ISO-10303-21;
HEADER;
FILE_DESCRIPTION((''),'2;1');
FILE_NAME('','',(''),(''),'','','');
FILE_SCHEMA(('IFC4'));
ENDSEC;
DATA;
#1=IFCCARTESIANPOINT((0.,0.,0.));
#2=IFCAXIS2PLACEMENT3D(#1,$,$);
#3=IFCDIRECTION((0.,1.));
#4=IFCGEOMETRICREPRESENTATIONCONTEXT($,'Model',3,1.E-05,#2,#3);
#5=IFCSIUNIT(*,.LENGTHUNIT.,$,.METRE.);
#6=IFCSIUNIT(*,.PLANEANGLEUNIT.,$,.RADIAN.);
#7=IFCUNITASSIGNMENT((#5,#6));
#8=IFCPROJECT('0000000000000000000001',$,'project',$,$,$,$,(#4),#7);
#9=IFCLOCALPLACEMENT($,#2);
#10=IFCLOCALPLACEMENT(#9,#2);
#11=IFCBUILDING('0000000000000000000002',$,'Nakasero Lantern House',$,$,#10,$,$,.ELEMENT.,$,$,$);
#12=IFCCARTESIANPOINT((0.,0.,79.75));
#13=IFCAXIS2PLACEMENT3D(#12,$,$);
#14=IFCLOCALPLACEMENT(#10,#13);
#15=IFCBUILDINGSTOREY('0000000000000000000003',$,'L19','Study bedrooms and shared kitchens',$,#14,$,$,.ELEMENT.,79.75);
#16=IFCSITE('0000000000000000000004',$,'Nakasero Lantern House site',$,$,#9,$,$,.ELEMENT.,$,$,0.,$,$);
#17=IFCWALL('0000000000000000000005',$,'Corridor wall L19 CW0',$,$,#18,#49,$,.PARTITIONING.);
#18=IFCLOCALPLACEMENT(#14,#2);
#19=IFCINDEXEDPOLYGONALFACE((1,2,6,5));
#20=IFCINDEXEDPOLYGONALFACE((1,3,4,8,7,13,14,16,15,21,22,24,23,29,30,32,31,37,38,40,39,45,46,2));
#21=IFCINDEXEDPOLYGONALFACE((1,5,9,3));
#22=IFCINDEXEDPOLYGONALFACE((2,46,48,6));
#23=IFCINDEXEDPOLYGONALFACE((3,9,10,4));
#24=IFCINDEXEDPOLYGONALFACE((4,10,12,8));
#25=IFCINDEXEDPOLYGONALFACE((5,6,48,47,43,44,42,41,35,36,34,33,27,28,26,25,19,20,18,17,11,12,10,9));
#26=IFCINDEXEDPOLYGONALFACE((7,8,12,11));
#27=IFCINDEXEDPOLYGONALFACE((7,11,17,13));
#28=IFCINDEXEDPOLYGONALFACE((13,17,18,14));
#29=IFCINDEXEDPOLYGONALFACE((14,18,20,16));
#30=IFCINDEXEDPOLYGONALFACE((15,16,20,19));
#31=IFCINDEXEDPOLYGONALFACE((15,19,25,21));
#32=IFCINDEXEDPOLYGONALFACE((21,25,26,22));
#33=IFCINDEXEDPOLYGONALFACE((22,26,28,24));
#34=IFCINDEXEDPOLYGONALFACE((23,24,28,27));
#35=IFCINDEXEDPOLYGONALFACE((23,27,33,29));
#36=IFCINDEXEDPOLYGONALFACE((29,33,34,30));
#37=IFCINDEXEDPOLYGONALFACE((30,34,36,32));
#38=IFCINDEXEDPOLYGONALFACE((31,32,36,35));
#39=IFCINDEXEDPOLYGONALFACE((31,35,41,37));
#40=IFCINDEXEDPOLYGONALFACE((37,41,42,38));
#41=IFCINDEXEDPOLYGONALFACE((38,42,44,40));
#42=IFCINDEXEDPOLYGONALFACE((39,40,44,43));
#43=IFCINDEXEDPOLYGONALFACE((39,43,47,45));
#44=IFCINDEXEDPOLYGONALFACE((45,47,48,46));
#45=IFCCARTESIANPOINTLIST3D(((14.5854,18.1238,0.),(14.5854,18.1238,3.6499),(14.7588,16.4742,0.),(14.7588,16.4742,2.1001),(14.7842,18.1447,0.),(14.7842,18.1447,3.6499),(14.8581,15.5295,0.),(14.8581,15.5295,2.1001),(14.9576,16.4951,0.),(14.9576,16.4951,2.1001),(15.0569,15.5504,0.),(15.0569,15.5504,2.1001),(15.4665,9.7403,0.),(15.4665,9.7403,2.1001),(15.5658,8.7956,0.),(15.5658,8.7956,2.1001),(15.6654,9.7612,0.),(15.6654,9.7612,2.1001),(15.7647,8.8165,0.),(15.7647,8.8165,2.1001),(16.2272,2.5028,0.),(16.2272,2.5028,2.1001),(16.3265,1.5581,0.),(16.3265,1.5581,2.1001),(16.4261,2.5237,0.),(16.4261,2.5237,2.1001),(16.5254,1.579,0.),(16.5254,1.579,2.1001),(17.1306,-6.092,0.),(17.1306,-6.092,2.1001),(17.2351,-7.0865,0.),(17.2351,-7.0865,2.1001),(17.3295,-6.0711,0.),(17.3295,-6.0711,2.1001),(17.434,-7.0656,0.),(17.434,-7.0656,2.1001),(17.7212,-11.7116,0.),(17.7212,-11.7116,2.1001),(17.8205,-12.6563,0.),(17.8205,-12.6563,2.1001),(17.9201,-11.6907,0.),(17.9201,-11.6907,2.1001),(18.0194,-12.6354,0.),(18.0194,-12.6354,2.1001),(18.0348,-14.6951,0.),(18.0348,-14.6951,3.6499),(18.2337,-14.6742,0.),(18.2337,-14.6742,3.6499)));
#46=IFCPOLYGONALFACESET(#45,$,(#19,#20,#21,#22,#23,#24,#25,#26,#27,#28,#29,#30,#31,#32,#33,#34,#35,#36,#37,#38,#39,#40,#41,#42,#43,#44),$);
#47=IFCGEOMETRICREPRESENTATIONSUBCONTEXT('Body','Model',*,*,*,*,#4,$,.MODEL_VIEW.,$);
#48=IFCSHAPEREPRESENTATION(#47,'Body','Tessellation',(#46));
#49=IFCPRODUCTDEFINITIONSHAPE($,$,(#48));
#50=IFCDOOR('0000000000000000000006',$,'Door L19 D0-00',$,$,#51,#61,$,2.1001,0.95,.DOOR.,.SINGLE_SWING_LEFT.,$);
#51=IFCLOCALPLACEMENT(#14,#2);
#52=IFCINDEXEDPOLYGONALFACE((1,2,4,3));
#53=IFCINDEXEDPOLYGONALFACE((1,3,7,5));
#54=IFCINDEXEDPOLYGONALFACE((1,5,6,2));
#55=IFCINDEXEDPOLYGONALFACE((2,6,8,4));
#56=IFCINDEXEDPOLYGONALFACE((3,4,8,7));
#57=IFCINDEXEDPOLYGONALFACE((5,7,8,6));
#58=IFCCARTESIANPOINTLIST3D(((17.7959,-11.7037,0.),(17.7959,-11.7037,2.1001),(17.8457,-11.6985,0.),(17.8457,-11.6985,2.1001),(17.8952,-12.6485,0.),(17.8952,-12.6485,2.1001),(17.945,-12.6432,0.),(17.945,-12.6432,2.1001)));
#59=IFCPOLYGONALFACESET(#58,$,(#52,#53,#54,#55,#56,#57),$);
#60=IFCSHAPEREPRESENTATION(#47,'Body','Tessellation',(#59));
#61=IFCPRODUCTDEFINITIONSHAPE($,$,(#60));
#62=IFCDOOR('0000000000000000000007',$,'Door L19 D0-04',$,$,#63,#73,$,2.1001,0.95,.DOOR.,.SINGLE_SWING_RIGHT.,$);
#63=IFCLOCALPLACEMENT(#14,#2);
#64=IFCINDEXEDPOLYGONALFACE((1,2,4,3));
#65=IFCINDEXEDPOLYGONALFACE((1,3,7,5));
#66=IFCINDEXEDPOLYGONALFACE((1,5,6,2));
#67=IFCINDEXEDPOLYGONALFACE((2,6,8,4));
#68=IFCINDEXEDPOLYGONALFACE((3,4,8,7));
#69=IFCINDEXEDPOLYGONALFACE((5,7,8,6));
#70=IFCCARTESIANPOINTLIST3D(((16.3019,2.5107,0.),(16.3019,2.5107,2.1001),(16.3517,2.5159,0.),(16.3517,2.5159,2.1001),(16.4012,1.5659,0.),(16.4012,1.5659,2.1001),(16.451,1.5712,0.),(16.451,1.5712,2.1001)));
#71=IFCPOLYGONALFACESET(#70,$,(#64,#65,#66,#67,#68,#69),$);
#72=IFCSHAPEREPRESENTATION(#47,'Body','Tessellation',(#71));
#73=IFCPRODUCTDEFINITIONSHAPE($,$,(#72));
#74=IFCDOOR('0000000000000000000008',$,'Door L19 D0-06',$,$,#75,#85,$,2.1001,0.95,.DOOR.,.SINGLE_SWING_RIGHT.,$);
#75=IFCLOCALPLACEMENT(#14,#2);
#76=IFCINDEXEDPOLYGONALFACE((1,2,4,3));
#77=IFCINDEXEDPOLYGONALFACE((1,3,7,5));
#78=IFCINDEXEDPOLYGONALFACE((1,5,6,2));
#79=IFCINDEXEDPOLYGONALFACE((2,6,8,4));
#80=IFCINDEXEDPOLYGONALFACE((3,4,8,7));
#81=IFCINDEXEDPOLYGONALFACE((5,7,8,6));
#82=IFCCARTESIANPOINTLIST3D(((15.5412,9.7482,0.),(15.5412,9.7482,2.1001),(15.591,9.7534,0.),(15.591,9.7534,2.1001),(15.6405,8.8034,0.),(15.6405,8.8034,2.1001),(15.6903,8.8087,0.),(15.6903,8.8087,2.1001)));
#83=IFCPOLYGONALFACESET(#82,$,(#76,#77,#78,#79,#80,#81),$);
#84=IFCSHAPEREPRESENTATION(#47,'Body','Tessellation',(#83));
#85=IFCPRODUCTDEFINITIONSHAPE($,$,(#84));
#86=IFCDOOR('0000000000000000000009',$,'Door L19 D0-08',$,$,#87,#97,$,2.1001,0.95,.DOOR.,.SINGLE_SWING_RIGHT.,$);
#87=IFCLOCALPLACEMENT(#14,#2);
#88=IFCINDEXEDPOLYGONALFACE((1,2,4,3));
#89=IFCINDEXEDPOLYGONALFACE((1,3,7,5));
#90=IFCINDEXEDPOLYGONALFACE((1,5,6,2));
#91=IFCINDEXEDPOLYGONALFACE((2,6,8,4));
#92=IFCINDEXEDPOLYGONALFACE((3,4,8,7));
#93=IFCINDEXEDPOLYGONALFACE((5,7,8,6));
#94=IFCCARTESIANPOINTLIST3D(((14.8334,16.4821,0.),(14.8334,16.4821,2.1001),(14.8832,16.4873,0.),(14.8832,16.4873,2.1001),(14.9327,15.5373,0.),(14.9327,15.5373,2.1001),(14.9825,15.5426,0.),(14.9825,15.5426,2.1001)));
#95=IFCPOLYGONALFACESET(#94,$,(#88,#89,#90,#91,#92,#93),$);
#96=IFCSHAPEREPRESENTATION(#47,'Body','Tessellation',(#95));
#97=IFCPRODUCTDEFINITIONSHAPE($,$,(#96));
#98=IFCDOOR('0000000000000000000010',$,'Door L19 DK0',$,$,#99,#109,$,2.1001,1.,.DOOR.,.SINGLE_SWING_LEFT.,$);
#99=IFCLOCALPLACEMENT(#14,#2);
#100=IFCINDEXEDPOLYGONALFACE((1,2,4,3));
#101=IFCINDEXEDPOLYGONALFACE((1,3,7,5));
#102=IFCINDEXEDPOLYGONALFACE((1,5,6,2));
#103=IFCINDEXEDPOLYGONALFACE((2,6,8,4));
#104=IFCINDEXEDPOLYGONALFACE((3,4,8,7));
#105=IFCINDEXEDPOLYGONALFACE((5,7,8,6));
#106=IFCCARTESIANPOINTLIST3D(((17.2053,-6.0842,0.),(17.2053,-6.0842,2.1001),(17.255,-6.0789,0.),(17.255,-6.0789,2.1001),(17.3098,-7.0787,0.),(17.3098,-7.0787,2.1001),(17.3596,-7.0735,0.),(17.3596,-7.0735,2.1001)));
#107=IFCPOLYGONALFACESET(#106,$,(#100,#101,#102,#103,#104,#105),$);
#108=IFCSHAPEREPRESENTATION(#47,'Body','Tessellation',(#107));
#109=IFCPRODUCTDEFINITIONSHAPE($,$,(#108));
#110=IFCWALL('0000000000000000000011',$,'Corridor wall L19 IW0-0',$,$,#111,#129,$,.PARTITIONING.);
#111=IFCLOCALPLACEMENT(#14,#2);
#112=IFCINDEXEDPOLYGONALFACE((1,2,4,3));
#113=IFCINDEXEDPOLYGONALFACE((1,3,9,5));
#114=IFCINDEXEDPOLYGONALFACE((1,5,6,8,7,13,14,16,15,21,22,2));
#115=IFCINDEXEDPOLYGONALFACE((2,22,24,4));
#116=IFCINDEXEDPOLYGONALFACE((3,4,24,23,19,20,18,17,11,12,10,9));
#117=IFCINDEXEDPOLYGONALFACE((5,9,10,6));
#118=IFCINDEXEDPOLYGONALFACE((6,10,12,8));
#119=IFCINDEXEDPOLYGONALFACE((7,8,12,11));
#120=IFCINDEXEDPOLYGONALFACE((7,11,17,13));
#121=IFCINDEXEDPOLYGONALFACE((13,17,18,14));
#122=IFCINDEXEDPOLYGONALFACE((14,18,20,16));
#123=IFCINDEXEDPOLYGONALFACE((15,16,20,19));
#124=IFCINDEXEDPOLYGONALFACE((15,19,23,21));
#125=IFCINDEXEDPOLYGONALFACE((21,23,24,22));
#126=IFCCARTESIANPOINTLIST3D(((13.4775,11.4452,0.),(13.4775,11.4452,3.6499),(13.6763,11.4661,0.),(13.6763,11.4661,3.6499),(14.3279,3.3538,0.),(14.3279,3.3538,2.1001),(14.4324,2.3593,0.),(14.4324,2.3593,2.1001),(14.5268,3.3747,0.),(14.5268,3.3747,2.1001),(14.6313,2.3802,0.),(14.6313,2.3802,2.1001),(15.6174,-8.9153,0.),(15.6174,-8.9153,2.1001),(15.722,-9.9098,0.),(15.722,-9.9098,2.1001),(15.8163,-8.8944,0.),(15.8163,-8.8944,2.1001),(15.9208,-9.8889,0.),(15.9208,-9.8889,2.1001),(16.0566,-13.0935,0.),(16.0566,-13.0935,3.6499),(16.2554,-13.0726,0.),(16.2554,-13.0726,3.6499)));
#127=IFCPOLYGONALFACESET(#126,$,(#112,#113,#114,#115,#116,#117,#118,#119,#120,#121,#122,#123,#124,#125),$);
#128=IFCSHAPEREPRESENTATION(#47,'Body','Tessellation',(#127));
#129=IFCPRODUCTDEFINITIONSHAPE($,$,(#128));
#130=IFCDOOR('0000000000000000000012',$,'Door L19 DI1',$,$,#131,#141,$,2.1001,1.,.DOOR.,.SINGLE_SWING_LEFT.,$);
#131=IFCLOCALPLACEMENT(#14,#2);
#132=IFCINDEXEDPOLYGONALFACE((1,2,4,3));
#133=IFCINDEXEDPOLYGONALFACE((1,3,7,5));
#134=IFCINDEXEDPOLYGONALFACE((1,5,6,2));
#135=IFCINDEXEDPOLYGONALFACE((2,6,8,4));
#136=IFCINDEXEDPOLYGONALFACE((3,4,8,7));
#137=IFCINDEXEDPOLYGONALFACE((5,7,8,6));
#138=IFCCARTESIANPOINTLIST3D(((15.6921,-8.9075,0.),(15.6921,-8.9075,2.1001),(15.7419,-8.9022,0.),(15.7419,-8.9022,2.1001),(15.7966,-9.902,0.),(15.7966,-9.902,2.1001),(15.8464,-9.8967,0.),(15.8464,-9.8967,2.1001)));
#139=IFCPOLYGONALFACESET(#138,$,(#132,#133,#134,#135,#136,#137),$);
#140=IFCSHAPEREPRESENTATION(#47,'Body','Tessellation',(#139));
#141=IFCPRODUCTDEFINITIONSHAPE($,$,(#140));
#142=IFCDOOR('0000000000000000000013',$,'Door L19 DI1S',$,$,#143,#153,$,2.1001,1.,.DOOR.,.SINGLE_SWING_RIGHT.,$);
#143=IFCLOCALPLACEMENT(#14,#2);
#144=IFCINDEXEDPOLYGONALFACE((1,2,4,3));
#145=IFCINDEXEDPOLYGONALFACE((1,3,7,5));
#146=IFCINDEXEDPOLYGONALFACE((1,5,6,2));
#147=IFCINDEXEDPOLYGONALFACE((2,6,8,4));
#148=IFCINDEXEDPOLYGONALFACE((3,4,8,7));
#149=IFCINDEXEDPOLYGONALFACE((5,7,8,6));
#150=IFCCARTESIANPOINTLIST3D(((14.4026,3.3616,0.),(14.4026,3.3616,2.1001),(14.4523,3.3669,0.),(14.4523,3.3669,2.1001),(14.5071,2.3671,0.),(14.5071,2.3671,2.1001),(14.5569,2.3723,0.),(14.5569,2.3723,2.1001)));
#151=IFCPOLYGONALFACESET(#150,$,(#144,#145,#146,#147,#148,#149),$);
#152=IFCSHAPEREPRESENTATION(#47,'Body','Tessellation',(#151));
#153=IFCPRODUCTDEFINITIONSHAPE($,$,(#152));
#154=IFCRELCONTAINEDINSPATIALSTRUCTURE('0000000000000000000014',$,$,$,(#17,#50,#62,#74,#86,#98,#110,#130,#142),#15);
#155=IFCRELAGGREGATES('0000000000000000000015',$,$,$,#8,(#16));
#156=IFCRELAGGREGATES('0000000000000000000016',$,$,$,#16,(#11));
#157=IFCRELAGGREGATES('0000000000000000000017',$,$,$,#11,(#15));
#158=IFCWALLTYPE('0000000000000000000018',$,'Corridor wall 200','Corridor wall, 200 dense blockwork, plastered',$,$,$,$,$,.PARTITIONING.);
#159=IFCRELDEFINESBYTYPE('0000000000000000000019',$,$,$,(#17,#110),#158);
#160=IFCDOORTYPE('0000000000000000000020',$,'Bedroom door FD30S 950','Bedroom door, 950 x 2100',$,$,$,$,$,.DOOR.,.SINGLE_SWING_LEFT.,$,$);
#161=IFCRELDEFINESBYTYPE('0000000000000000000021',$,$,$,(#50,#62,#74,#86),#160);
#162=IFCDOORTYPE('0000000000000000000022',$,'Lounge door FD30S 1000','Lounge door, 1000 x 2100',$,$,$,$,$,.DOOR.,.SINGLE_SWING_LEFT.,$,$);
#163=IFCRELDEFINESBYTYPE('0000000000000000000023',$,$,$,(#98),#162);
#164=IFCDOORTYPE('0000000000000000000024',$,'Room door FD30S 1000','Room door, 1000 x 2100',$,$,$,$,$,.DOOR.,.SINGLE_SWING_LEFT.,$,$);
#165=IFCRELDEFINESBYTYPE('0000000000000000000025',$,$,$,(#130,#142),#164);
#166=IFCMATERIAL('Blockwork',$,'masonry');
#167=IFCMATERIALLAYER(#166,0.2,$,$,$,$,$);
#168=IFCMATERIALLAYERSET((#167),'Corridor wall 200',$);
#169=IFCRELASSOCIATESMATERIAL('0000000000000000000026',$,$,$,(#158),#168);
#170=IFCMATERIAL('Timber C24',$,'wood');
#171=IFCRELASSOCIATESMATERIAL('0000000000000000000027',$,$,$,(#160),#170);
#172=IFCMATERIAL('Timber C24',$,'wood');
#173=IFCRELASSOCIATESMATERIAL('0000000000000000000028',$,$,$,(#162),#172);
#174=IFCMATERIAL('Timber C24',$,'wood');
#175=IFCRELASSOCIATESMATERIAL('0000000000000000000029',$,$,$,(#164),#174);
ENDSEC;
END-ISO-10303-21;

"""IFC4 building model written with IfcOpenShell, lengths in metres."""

from ifc_helpers import new_model, si_unit, direction, frame, frame_2d, origin, place, context, subcontext, project, spatial, rectangle, extrude, material, layer, layer_set, type_object, element, fill, save


model = new_model("IFC4")

# Units and contexts
model_context = context("Model", 3, precision=1e-05, world=origin(), true_north=direction((0.0, 1.0)))
body_context = subcontext(model_context, "Body", "Model", "MODEL_VIEW")
ifc_project = project(units=[si_unit("LENGTHUNIT", "METRE"), si_unit("PLANEANGLEUNIT", "RADIAN")], contexts=[model_context])

# Site, building, storey
site_placement = place(None, origin())
site = spatial("IfcSite", under=ifc_project, at=site_placement, Name="Nakasero Lantern House site", CompositionType="ELEMENT", RefElevation=0.0)
building_placement = place(site_placement, origin())
building = spatial("IfcBuilding", under=site, at=building_placement, Name="Nakasero Lantern House", CompositionType="ELEMENT")
storey_placement = place(building_placement, frame((0.0, 0.0, 79.75)))
storey = spatial("IfcBuildingStorey", under=building, at=storey_placement, Name="L19", Description="Study bedrooms and shared kitchens", CompositionType="ELEMENT", Elevation=79.75)

# Walls, openings, doors
ifc_material_1 = material(Name="Blockwork", Category="masonry")
ifc_layer_1 = layer(ifc_material_1, 0.2)
ifc_layer_set_1 = layer_set([ifc_layer_1], Name="Corridor wall 200")
wall_type_1 = type_object("IfcWallType", Name="Corridor wall 200", Description="Corridor wall, 200 dense blockwork, plastered", PredefinedType="PARTITIONING", material=ifc_layer_set_1)
wall_1_placement = place(storey_placement, frame((18.1343, -14.6848, 0.0), z_axis=(0.0, 0.0, 1.0), x_axis=(-0.10453, 0.994522, 0.0)))
wall_1 = element("IfcWall", 1, at=wall_1_placement, inside=storey, type_object=wall_type_1, Name="Corridor wall L19 CW0", PredefinedType="PARTITIONING", context=body_context, shape_type="SweptSolid", body=[
    extrude(rectangle(XDim=32.9998, YDim=0.2, at=frame_2d((16.5, 0.0))), origin(), (0.0, 0.0, 1.0), 3.6499),
])
opening_1_placement = place(wall_1_placement, frame((2.05, 0.0, 0.0)))
opening_1 = element("IfcOpeningElement", 2, at=opening_1_placement, cuts=wall_1, PredefinedType="OPENING", context=body_context, shape_type="SweptSolid", body=[
    extrude(rectangle(XDim=0.95, YDim=2.1001, at=frame_2d((0.4751, 1.05))), frame((0.0, 0.1199, 0.0), z_axis=(0.0, -1.0, 0.0), x_axis=(1.0, 0.0, 0.0)), (0.0, 0.0, 1.0), 0.24),
])
opening_2_placement = place(wall_1_placement, frame((16.3428, 0.0, 0.0)))
opening_2 = element("IfcOpeningElement", 3, at=opening_2_placement, cuts=wall_1, PredefinedType="OPENING", context=body_context, shape_type="SweptSolid", body=[
    extrude(rectangle(XDim=0.95, YDim=2.1001, at=frame_2d((0.4751, 1.05))), frame((0.0, 0.1199, 0.0), z_axis=(0.0, -1.0, 0.0), x_axis=(1.0, 0.0, 0.0)), (0.0, 0.0, 1.0), 0.24),
])
opening_3_placement = place(wall_1_placement, frame((23.6201, 0.0, 0.0)))
opening_3 = element("IfcOpeningElement", 4, at=opening_3_placement, cuts=wall_1, PredefinedType="OPENING", context=body_context, shape_type="SweptSolid", body=[
    extrude(rectangle(XDim=0.95, YDim=2.1001, at=frame_2d((0.4751, 1.05))), frame((0.0, 0.1199, 0.0), z_axis=(0.0, -1.0, 0.0), x_axis=(1.0, 0.0, 0.0)), (0.0, 0.0, 1.0), 0.24),
])
opening_4_placement = place(wall_1_placement, frame((30.3911, 0.0, 0.0)))
opening_4 = element("IfcOpeningElement", 5, at=opening_4_placement, cuts=wall_1, PredefinedType="OPENING", context=body_context, shape_type="SweptSolid", body=[
    extrude(rectangle(XDim=0.95, YDim=2.1001, at=frame_2d((0.4751, 1.05))), frame((0.0, 0.1199, 0.0), z_axis=(0.0, -1.0, 0.0), x_axis=(1.0, 0.0, 0.0)), (0.0, 0.0, 1.0), 0.24),
])
opening_5_placement = place(wall_1_placement, frame((7.6506, 0.0, 0.0)))
opening_5 = element("IfcOpeningElement", 6, at=opening_5_placement, cuts=wall_1, PredefinedType="OPENING", context=body_context, shape_type="SweptSolid", body=[
    extrude(rectangle(XDim=1.0, YDim=2.1001, at=frame_2d((0.5, 1.05))), frame((0.0, 0.1199, 0.0), z_axis=(0.0, -1.0, 0.0), x_axis=(1.0, 0.0, 0.0)), (0.0, 0.0, 1.0), 0.24),
])
ifc_material_2 = material(Name="Timber C24", Category="wood")
door_type_1 = type_object("IfcDoorType", Name="Bedroom door FD30S 950", Description="Bedroom door, 950 x 2100", OperationType="SINGLE_SWING_LEFT", PredefinedType="DOOR", material=ifc_material_2)
door_1_placement = place(opening_1_placement, origin())
door_1 = element("IfcDoor", 7, at=door_1_placement, inside=storey, type_object=door_type_1, Name="Door L19 D0-00", OperationType="SINGLE_SWING_LEFT", OverallHeight=2.1001, OverallWidth=0.95, PredefinedType="DOOR", context=body_context, shape_type="SweptSolid", body=[
    extrude(rectangle(XDim=0.95, YDim=2.1001, at=frame_2d((0.4751, 1.05))), frame((0.0, 0.0249, 0.0), z_axis=(0.0, -1.0, 0.0), x_axis=(1.0, 0.0, 0.0)), (0.0, 0.0, 1.0), 0.05),
])
fill(opening_1, door_1)
door_2_placement = place(opening_2_placement, origin())
door_2 = element("IfcDoor", 8, at=door_2_placement, inside=storey, type_object=door_type_1, Name="Door L19 D0-04", OperationType="SINGLE_SWING_RIGHT", OverallHeight=2.1001, OverallWidth=0.95, PredefinedType="DOOR", context=body_context, shape_type="SweptSolid", body=[
    extrude(rectangle(XDim=0.95, YDim=2.1001, at=frame_2d((0.4751, 1.05))), frame((0.0, 0.0249, 0.0), z_axis=(0.0, -1.0, 0.0), x_axis=(1.0, 0.0, 0.0)), (0.0, 0.0, 1.0), 0.05),
])
fill(opening_2, door_2)
door_3_placement = place(opening_3_placement, origin())
door_3 = element("IfcDoor", 9, at=door_3_placement, inside=storey, type_object=door_type_1, Name="Door L19 D0-06", OperationType="SINGLE_SWING_RIGHT", OverallHeight=2.1001, OverallWidth=0.95, PredefinedType="DOOR", context=body_context, shape_type="SweptSolid", body=[
    extrude(rectangle(XDim=0.95, YDim=2.1001, at=frame_2d((0.4751, 1.05))), frame((0.0, 0.0249, 0.0), z_axis=(0.0, -1.0, 0.0), x_axis=(1.0, 0.0, 0.0)), (0.0, 0.0, 1.0), 0.05),
])
fill(opening_3, door_3)
door_4_placement = place(opening_4_placement, origin())
door_4 = element("IfcDoor", 10, at=door_4_placement, inside=storey, type_object=door_type_1, Name="Door L19 D0-08", OperationType="SINGLE_SWING_RIGHT", OverallHeight=2.1001, OverallWidth=0.95, PredefinedType="DOOR", context=body_context, shape_type="SweptSolid", body=[
    extrude(rectangle(XDim=0.95, YDim=2.1001, at=frame_2d((0.4751, 1.05))), frame((0.0, 0.0249, 0.0), z_axis=(0.0, -1.0, 0.0), x_axis=(1.0, 0.0, 0.0)), (0.0, 0.0, 1.0), 0.05),
])
fill(opening_4, door_4)
ifc_material_3 = material(Name="Timber C24", Category="wood")
door_type_2 = type_object("IfcDoorType", Name="Lounge door FD30S 1000", Description="Lounge door, 1000 x 2100", OperationType="SINGLE_SWING_LEFT", PredefinedType="DOOR", material=ifc_material_3)
door_5_placement = place(opening_5_placement, origin())
door_5 = element("IfcDoor", 11, at=door_5_placement, inside=storey, type_object=door_type_2, Name="Door L19 DK0", OperationType="SINGLE_SWING_LEFT", OverallHeight=2.1001, OverallWidth=1.0, PredefinedType="DOOR", context=body_context, shape_type="SweptSolid", body=[
    extrude(rectangle(XDim=1.0, YDim=2.1001, at=frame_2d((0.5, 1.05))), frame((0.0, 0.0249, 0.0), z_axis=(0.0, -1.0, 0.0), x_axis=(1.0, 0.0, 0.0)), (0.0, 0.0, 1.0), 0.05),
])
fill(opening_5, door_5)
wall_2_placement = place(storey_placement, frame((16.156, -13.083, 0.0), z_axis=(0.0, 0.0, 1.0), x_axis=(-0.104528, 0.994522, 0.0)))
wall_2 = element("IfcWall", 12, at=wall_2_placement, inside=storey, type_object=wall_type_1, Name="Corridor wall L19 IW0-0", PredefinedType="PARTITIONING", context=body_context, shape_type="SweptSolid", body=[
    extrude(rectangle(XDim=24.6738, YDim=0.2, at=frame_2d((12.3369, 0.0))), origin(), (0.0, 0.0, 1.0), 3.6499),
])
opening_6_placement = place(wall_2_placement, frame((3.2012, 0.0, 0.0)))
opening_6 = element("IfcOpeningElement", 13, at=opening_6_placement, cuts=wall_2, PredefinedType="OPENING", context=body_context, shape_type="SweptSolid", body=[
    extrude(rectangle(XDim=1.0, YDim=2.1001, at=frame_2d((0.5, 1.05))), frame((0.0, 0.1199, 0.0), z_axis=(0.0, -1.0, 0.0), x_axis=(1.0, 0.0, 0.0)), (0.0, 0.0, 1.0), 0.24),
])
opening_7_placement = place(wall_2_placement, frame((15.5378, 0.0, 0.0)))
opening_7 = element("IfcOpeningElement", 14, at=opening_7_placement, cuts=wall_2, PredefinedType="OPENING", context=body_context, shape_type="SweptSolid", body=[
    extrude(rectangle(XDim=1.0, YDim=2.1001, at=frame_2d((0.5, 1.05))), frame((0.0, 0.1199, 0.0), z_axis=(0.0, -1.0, 0.0), x_axis=(1.0, 0.0, 0.0)), (0.0, 0.0, 1.0), 0.24),
])
ifc_material_4 = material(Name="Timber C24", Category="wood")
door_type_3 = type_object("IfcDoorType", Name="Room door FD30S 1000", Description="Room door, 1000 x 2100", OperationType="SINGLE_SWING_LEFT", PredefinedType="DOOR", material=ifc_material_4)
door_6_placement = place(opening_6_placement, origin())
door_6 = element("IfcDoor", 15, at=door_6_placement, inside=storey, type_object=door_type_3, Name="Door L19 DI1", OperationType="SINGLE_SWING_LEFT", OverallHeight=2.1001, OverallWidth=1.0, PredefinedType="DOOR", context=body_context, shape_type="SweptSolid", body=[
    extrude(rectangle(XDim=1.0, YDim=2.1001, at=frame_2d((0.5, 1.05))), frame((0.0, 0.0249, 0.0), z_axis=(0.0, -1.0, 0.0), x_axis=(1.0, 0.0, 0.0)), (0.0, 0.0, 1.0), 0.05),
])
fill(opening_6, door_6)
door_7_placement = place(opening_7_placement, origin())
door_7 = element("IfcDoor", 16, at=door_7_placement, inside=storey, type_object=door_type_3, Name="Door L19 DI1S", OperationType="SINGLE_SWING_RIGHT", OverallHeight=2.1001, OverallWidth=1.0, PredefinedType="DOOR", context=body_context, shape_type="SweptSolid", body=[
    extrude(rectangle(XDim=1.0, YDim=2.1001, at=frame_2d((0.5, 1.05))), frame((0.0, 0.0249, 0.0), z_axis=(0.0, -1.0, 0.0), x_axis=(1.0, 0.0, 0.0)), (0.0, 0.0, 1.0), 0.05),
])
fill(opening_7, door_7)

save(model, "model.ifc")
